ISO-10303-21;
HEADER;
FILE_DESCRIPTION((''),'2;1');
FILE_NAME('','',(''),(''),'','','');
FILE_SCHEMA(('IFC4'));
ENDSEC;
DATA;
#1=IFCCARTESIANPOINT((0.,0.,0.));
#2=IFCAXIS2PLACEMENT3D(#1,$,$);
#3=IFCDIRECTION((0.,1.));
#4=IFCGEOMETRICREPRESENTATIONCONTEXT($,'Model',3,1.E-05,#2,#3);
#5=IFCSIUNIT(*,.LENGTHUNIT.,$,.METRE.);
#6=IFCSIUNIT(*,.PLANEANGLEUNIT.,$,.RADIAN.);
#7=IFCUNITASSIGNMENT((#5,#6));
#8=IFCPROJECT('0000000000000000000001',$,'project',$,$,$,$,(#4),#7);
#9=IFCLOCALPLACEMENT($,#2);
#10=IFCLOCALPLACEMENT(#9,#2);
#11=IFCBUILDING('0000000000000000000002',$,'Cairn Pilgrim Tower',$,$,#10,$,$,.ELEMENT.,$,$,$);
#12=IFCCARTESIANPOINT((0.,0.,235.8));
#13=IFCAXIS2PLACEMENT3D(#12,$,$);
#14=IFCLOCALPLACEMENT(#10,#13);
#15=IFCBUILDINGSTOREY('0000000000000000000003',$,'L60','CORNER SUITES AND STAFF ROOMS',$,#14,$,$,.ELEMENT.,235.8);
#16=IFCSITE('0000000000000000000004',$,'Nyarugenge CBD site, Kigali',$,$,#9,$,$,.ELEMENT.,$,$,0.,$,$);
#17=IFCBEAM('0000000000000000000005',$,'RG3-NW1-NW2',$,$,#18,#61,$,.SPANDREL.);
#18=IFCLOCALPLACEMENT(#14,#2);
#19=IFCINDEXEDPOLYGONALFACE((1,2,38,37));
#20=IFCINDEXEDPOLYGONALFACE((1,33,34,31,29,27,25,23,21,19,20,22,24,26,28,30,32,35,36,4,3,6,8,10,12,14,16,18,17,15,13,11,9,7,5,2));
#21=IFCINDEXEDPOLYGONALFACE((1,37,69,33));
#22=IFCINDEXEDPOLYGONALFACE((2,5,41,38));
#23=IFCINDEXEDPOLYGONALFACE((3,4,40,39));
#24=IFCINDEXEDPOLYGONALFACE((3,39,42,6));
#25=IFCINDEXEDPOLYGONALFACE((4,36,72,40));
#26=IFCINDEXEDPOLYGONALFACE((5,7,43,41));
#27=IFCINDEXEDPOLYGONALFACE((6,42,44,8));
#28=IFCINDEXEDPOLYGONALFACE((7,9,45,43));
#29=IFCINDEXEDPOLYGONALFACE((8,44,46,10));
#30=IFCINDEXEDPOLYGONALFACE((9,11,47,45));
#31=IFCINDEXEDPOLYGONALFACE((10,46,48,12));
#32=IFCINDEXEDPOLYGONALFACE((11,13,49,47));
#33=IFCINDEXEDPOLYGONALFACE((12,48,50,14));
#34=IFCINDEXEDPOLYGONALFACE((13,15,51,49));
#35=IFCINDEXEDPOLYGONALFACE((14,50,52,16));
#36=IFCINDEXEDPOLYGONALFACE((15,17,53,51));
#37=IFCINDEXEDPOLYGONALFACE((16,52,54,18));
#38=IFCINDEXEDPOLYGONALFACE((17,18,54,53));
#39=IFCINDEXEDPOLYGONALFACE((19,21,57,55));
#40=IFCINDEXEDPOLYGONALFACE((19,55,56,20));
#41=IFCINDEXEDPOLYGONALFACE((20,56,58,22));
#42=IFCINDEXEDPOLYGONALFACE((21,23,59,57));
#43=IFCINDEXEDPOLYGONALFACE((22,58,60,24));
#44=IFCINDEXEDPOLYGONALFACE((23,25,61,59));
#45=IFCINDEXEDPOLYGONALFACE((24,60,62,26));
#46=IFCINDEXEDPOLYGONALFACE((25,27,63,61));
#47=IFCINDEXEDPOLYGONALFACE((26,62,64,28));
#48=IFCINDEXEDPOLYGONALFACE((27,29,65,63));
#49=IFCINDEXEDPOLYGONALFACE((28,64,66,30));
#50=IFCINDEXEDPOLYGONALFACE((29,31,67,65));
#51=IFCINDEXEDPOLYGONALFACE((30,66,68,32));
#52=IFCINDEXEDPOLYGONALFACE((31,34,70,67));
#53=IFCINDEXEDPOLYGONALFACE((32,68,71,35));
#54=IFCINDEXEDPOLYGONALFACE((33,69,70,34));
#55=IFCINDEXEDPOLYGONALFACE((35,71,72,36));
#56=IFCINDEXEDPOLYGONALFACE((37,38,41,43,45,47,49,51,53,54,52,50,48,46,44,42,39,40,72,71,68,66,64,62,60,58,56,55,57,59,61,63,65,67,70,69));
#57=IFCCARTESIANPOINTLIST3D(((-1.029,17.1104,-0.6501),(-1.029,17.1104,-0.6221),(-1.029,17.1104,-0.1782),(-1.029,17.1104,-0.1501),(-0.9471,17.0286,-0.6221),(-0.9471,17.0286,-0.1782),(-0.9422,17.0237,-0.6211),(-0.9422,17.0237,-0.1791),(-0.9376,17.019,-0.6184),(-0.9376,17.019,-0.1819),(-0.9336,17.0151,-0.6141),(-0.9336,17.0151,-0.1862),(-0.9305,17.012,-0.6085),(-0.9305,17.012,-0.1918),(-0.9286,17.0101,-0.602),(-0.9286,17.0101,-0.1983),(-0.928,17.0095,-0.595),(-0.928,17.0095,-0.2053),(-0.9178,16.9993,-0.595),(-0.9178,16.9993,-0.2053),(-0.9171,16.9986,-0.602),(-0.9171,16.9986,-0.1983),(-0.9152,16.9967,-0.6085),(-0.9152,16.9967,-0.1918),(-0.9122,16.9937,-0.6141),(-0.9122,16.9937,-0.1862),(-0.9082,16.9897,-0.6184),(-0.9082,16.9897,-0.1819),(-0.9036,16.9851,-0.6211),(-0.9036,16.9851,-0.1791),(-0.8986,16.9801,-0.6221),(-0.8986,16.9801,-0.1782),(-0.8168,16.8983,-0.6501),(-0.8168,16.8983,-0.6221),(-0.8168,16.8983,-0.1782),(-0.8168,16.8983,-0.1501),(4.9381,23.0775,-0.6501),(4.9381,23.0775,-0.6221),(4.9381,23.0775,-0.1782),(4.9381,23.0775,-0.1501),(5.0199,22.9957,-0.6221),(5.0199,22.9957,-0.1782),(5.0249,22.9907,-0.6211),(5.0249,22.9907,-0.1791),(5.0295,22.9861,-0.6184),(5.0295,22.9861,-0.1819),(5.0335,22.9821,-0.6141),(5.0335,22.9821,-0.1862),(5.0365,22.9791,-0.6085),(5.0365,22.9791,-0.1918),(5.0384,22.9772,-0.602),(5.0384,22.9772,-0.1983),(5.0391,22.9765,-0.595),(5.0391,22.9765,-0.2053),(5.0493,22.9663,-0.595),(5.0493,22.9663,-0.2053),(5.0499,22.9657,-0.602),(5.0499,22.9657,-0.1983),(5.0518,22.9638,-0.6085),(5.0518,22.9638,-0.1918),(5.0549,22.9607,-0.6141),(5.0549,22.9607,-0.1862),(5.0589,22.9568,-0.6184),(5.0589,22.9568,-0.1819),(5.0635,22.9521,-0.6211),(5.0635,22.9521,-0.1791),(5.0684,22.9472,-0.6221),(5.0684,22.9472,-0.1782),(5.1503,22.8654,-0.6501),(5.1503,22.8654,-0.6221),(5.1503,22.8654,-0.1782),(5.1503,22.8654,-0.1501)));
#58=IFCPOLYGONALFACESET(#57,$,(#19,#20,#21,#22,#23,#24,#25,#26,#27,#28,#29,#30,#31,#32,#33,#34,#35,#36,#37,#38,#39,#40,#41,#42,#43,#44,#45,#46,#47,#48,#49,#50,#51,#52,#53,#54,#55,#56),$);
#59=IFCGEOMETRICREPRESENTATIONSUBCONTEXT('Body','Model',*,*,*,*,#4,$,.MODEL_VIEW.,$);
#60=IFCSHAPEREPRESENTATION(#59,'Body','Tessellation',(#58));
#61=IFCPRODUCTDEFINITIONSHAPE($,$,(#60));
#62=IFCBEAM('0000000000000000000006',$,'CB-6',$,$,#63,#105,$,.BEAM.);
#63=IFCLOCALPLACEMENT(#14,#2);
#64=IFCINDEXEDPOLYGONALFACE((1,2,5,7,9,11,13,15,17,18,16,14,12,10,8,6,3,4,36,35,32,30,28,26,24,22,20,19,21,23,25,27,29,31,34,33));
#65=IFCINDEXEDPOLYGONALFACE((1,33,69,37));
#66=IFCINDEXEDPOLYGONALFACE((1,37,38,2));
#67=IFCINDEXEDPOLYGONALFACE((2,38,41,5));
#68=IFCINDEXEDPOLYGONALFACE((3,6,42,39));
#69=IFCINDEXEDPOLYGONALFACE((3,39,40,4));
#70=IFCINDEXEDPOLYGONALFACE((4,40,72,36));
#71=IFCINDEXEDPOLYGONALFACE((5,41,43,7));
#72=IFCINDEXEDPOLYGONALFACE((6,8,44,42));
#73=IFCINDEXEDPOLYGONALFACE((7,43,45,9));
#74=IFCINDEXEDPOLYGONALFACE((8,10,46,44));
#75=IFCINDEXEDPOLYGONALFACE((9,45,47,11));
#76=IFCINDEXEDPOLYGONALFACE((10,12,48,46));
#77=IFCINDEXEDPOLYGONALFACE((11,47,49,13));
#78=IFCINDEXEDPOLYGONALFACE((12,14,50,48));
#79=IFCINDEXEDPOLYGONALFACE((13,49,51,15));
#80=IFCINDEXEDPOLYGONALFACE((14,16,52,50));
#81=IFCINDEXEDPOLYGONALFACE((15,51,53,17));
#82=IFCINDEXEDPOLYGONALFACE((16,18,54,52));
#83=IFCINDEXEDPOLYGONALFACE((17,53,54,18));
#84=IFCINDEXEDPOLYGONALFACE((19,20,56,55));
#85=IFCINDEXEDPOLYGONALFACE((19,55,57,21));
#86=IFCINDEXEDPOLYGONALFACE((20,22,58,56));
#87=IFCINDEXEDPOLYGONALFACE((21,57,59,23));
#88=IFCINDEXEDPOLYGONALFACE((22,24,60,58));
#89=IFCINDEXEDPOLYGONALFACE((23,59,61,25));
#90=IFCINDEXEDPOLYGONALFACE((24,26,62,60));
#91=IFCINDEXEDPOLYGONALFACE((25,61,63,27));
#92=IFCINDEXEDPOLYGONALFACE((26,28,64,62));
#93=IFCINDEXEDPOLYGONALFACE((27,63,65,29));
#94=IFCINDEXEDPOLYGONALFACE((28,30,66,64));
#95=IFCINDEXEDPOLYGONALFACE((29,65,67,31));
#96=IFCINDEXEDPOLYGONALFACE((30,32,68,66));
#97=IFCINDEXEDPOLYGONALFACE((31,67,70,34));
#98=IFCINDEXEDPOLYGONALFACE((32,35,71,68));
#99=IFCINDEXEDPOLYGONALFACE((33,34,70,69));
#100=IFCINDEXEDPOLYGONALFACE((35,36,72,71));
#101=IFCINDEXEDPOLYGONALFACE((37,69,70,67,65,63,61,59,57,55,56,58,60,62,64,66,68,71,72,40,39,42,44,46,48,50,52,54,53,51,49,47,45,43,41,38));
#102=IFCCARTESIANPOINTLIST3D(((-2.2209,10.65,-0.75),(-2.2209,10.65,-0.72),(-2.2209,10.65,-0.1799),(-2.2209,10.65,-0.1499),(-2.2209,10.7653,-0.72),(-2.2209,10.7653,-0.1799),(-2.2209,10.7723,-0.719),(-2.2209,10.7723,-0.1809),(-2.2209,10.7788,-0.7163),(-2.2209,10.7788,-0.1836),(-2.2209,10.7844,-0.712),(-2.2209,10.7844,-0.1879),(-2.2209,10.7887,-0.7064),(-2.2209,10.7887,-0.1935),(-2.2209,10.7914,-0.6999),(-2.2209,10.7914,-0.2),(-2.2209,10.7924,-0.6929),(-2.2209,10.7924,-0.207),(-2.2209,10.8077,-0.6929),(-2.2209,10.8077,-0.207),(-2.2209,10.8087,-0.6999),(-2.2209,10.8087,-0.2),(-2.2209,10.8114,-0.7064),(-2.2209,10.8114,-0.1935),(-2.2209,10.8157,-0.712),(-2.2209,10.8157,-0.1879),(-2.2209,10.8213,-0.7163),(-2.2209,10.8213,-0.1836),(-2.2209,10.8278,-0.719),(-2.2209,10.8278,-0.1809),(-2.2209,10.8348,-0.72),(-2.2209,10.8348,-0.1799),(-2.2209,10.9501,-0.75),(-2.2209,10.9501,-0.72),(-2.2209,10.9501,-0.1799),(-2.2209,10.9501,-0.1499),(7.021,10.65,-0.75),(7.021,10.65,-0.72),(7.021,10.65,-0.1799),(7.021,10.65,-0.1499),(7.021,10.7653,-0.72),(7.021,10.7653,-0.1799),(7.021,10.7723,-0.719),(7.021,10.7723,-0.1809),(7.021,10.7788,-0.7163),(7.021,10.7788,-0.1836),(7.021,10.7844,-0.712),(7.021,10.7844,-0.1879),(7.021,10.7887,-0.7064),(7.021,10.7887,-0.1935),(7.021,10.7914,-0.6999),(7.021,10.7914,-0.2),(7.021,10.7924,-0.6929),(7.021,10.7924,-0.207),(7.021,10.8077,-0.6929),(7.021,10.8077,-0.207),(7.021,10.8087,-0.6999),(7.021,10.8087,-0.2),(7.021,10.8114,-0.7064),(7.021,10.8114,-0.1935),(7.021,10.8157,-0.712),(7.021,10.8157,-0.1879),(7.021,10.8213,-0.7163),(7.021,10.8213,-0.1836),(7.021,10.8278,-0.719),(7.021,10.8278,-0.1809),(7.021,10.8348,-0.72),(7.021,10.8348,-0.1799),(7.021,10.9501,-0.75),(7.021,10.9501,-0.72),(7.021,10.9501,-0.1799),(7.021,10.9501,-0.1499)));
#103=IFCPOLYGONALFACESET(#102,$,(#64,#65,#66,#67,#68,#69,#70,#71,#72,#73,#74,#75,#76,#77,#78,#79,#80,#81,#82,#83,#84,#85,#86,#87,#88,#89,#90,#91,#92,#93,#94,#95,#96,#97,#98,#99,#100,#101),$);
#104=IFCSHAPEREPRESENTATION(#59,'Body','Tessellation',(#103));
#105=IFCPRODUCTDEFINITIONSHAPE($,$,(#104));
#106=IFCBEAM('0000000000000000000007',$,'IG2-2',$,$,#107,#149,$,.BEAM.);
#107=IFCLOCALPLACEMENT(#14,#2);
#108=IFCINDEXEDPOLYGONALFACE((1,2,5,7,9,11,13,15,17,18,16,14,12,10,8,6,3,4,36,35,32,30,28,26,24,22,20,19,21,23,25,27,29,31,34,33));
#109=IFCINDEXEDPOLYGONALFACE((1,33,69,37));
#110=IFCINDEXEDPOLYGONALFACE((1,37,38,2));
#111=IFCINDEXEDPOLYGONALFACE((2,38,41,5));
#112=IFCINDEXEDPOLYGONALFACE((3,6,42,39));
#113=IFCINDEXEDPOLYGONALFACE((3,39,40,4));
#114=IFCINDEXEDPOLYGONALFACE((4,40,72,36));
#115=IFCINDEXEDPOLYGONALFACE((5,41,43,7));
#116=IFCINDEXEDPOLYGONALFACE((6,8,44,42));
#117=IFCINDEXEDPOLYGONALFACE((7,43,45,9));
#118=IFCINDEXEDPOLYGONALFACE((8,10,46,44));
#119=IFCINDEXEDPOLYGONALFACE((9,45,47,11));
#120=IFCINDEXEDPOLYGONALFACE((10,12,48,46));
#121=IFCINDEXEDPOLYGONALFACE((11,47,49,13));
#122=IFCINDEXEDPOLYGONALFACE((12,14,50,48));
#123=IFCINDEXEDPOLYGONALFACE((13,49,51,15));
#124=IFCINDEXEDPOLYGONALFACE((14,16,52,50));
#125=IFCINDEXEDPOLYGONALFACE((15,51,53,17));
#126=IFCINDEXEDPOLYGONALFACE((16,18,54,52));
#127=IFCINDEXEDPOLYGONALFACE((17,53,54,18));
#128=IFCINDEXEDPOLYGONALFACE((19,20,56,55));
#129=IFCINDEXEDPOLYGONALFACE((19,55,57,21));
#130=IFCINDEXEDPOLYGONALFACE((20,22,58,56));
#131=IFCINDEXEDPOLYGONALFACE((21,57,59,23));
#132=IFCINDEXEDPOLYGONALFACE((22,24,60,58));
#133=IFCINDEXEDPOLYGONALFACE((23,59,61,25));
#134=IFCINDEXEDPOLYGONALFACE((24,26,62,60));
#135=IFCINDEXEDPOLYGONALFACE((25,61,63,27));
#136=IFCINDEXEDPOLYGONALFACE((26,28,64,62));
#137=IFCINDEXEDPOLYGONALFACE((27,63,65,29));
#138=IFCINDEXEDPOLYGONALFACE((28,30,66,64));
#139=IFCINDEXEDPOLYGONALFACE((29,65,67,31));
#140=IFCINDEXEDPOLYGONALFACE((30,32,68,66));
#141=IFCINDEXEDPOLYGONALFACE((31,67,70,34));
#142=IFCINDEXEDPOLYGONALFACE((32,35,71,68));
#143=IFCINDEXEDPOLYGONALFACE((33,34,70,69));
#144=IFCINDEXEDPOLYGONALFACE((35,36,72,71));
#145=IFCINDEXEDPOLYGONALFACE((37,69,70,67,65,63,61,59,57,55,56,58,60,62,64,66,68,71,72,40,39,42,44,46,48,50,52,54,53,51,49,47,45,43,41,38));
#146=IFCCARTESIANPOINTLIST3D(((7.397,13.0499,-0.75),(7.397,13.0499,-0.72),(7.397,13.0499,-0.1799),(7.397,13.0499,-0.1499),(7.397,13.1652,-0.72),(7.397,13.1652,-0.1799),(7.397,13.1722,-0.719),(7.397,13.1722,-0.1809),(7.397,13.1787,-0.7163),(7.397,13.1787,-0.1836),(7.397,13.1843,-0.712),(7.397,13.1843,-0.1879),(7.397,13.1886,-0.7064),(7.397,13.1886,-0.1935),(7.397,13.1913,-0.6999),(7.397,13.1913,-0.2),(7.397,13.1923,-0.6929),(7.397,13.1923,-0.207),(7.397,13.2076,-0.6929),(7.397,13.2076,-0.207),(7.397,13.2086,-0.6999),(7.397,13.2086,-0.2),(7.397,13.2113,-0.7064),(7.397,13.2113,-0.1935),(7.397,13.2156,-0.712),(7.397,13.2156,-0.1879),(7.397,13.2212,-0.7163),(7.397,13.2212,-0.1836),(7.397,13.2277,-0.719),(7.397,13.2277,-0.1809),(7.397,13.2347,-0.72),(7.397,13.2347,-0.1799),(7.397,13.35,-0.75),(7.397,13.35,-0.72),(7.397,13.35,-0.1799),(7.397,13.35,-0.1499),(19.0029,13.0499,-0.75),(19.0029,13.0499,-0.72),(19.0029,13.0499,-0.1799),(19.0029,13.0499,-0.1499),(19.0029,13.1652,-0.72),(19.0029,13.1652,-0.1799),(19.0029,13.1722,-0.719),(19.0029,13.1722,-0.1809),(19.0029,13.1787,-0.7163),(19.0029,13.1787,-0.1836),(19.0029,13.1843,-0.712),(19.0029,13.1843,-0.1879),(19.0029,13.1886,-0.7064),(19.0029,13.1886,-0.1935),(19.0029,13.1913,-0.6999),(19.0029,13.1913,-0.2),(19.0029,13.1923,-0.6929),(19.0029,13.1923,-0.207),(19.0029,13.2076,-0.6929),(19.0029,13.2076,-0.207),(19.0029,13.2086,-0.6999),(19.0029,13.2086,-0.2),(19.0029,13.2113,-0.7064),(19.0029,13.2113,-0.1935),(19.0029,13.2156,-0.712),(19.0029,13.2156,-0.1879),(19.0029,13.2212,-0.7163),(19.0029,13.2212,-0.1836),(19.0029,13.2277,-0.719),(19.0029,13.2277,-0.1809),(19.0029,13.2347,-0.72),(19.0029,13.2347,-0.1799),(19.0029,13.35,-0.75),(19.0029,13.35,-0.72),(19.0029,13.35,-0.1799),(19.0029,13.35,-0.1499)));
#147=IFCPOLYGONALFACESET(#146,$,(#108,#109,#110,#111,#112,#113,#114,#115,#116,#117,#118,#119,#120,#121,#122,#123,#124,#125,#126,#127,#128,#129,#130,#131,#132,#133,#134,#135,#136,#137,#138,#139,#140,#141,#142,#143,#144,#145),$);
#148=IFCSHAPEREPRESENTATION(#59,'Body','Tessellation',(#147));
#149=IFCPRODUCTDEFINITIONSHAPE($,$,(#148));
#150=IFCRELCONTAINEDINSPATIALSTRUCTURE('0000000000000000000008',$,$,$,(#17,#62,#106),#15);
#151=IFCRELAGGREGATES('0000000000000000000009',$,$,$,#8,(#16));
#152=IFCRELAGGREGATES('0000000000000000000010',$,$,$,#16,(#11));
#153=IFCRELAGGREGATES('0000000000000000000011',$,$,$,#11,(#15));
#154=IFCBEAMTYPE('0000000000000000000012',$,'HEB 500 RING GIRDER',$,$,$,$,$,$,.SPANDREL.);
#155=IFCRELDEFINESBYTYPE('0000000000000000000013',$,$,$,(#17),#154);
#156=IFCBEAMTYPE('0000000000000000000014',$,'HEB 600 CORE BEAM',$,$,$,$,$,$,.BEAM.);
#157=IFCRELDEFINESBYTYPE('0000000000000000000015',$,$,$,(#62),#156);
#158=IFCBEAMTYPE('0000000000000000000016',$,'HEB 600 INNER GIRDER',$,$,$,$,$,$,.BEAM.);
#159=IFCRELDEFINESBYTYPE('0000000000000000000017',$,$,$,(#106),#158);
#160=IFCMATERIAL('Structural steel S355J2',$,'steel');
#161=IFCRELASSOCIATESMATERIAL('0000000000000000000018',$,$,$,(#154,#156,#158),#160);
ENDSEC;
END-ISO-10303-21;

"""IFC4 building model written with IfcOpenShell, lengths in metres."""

from ifc_helpers import new_model, si_unit, direction, frame, origin, origin_2d, place, context, subcontext, project, spatial, i_section, extrude, material, material_profile, profile_set, type_object, element, save


model = new_model("IFC4")

# Units and contexts
model_context = context("Model", 3, precision=1e-05, world=origin(), true_north=direction((0.0, 1.0)))
body_context = subcontext(model_context, "Body", "Model", "MODEL_VIEW")
ifc_project = project(units=[si_unit("LENGTHUNIT", "METRE"), si_unit("PLANEANGLEUNIT", "RADIAN")], contexts=[model_context])

# Site, building, storey
site_placement = place(None, origin())
site = spatial("IfcSite", under=ifc_project, at=site_placement, Name="Nyarugenge CBD site, Kigali", CompositionType="ELEMENT", RefElevation=0.0)
building_placement = place(site_placement, origin())
building = spatial("IfcBuilding", under=site, at=building_placement, Name="Cairn Pilgrim Tower", CompositionType="ELEMENT")
storey_placement = place(building_placement, frame((0.0, 0.0, 235.8)))
storey = spatial("IfcBuildingStorey", under=building, at=storey_placement, Name="L60", Description="CORNER SUITES AND STAFF ROOMS", CompositionType="ELEMENT", Elevation=235.8)

# Shared definitions
ifc_material_1 = material(Name="Structural steel S355J2", Category="steel")

# Beams
ifc_material_profile_1 = material_profile(ifc_material_1, i_section(OverallWidth=0.3, OverallDepth=0.5, WebThickness=0.0144, FlangeThickness=0.0281, FilletRadius=0.0271, at=origin_2d()), Name="HEB 500")
ifc_profile_set_1 = profile_set([ifc_material_profile_1], Name="Structural steel S355J2")
beam_type_1 = type_object("IfcBeamType", Name="HEB 500 RING GIRDER", PredefinedType="SPANDREL", material=ifc_profile_set_1)
beam_1_placement = place(storey_placement, frame((5.0442, 22.9714, -0.4001), z_axis=(-0.707107, -0.707107, 0.0), x_axis=(0.707107, -0.707107, 0.0)))
element("IfcBeam", 1, at=beam_1_placement, inside=storey, type_object=beam_type_1, Name="RG3-NW1-NW2", PredefinedType="SPANDREL", context=body_context, shape_type="SweptSolid", body=[
    extrude(i_section(OverallWidth=0.3, OverallDepth=0.5, WebThickness=0.0144, FlangeThickness=0.0281, FilletRadius=0.0271, at=origin_2d()), origin(), (0.0, 0.0, 1.0), 8.4387),
])
ifc_material_profile_2 = material_profile(ifc_material_1, i_section(OverallWidth=0.3, OverallDepth=0.6001, WebThickness=0.0154, FlangeThickness=0.03, FilletRadius=0.0271, at=origin_2d()), Name="HEB 600")
ifc_profile_set_2 = profile_set([ifc_material_profile_2], Name="Structural steel S355J2")
beam_type_2 = type_object("IfcBeamType", Name="HEB 600 CORE BEAM", PredefinedType="BEAM", material=ifc_profile_set_2)
beam_2_placement = place(storey_placement, frame((7.021, 10.8, -0.45), z_axis=(-1.0, 0.0, 0.0), x_axis=(0.0, -1.0, 0.0)))
element("IfcBeam", 2, at=beam_2_placement, inside=storey, type_object=beam_type_2, Name="CB-6", PredefinedType="BEAM", context=body_context, shape_type="SweptSolid", body=[
    extrude(i_section(OverallWidth=0.3, OverallDepth=0.6001, WebThickness=0.0154, FlangeThickness=0.03, FilletRadius=0.0271, at=origin_2d()), origin(), (0.0, 0.0, 1.0), 9.2419),
])
ifc_material_profile_3 = material_profile(ifc_material_1, i_section(OverallWidth=0.3, OverallDepth=0.6001, WebThickness=0.0154, FlangeThickness=0.03, FilletRadius=0.0271, at=origin_2d()), Name="HEB 600")
ifc_profile_set_3 = profile_set([ifc_material_profile_3], Name="Structural steel S355J2")
beam_type_3 = type_object("IfcBeamType", Name="HEB 600 INNER GIRDER", PredefinedType="BEAM", material=ifc_profile_set_3)
beam_3_placement = place(storey_placement, frame((7.397, 13.2, -0.45), z_axis=(1.0, 0.0, 0.0), x_axis=(0.0, 1.0, 0.0)))
element("IfcBeam", 3, at=beam_3_placement, inside=storey, type_object=beam_type_3, Name="IG2-2", PredefinedType="BEAM", context=body_context, shape_type="SweptSolid", body=[
    extrude(i_section(OverallWidth=0.3, OverallDepth=0.6001, WebThickness=0.0154, FlangeThickness=0.03, FilletRadius=0.0271, at=origin_2d()), origin(), (0.0, 0.0, 1.0), 11.606),
])

save(model, "model.ifc")
